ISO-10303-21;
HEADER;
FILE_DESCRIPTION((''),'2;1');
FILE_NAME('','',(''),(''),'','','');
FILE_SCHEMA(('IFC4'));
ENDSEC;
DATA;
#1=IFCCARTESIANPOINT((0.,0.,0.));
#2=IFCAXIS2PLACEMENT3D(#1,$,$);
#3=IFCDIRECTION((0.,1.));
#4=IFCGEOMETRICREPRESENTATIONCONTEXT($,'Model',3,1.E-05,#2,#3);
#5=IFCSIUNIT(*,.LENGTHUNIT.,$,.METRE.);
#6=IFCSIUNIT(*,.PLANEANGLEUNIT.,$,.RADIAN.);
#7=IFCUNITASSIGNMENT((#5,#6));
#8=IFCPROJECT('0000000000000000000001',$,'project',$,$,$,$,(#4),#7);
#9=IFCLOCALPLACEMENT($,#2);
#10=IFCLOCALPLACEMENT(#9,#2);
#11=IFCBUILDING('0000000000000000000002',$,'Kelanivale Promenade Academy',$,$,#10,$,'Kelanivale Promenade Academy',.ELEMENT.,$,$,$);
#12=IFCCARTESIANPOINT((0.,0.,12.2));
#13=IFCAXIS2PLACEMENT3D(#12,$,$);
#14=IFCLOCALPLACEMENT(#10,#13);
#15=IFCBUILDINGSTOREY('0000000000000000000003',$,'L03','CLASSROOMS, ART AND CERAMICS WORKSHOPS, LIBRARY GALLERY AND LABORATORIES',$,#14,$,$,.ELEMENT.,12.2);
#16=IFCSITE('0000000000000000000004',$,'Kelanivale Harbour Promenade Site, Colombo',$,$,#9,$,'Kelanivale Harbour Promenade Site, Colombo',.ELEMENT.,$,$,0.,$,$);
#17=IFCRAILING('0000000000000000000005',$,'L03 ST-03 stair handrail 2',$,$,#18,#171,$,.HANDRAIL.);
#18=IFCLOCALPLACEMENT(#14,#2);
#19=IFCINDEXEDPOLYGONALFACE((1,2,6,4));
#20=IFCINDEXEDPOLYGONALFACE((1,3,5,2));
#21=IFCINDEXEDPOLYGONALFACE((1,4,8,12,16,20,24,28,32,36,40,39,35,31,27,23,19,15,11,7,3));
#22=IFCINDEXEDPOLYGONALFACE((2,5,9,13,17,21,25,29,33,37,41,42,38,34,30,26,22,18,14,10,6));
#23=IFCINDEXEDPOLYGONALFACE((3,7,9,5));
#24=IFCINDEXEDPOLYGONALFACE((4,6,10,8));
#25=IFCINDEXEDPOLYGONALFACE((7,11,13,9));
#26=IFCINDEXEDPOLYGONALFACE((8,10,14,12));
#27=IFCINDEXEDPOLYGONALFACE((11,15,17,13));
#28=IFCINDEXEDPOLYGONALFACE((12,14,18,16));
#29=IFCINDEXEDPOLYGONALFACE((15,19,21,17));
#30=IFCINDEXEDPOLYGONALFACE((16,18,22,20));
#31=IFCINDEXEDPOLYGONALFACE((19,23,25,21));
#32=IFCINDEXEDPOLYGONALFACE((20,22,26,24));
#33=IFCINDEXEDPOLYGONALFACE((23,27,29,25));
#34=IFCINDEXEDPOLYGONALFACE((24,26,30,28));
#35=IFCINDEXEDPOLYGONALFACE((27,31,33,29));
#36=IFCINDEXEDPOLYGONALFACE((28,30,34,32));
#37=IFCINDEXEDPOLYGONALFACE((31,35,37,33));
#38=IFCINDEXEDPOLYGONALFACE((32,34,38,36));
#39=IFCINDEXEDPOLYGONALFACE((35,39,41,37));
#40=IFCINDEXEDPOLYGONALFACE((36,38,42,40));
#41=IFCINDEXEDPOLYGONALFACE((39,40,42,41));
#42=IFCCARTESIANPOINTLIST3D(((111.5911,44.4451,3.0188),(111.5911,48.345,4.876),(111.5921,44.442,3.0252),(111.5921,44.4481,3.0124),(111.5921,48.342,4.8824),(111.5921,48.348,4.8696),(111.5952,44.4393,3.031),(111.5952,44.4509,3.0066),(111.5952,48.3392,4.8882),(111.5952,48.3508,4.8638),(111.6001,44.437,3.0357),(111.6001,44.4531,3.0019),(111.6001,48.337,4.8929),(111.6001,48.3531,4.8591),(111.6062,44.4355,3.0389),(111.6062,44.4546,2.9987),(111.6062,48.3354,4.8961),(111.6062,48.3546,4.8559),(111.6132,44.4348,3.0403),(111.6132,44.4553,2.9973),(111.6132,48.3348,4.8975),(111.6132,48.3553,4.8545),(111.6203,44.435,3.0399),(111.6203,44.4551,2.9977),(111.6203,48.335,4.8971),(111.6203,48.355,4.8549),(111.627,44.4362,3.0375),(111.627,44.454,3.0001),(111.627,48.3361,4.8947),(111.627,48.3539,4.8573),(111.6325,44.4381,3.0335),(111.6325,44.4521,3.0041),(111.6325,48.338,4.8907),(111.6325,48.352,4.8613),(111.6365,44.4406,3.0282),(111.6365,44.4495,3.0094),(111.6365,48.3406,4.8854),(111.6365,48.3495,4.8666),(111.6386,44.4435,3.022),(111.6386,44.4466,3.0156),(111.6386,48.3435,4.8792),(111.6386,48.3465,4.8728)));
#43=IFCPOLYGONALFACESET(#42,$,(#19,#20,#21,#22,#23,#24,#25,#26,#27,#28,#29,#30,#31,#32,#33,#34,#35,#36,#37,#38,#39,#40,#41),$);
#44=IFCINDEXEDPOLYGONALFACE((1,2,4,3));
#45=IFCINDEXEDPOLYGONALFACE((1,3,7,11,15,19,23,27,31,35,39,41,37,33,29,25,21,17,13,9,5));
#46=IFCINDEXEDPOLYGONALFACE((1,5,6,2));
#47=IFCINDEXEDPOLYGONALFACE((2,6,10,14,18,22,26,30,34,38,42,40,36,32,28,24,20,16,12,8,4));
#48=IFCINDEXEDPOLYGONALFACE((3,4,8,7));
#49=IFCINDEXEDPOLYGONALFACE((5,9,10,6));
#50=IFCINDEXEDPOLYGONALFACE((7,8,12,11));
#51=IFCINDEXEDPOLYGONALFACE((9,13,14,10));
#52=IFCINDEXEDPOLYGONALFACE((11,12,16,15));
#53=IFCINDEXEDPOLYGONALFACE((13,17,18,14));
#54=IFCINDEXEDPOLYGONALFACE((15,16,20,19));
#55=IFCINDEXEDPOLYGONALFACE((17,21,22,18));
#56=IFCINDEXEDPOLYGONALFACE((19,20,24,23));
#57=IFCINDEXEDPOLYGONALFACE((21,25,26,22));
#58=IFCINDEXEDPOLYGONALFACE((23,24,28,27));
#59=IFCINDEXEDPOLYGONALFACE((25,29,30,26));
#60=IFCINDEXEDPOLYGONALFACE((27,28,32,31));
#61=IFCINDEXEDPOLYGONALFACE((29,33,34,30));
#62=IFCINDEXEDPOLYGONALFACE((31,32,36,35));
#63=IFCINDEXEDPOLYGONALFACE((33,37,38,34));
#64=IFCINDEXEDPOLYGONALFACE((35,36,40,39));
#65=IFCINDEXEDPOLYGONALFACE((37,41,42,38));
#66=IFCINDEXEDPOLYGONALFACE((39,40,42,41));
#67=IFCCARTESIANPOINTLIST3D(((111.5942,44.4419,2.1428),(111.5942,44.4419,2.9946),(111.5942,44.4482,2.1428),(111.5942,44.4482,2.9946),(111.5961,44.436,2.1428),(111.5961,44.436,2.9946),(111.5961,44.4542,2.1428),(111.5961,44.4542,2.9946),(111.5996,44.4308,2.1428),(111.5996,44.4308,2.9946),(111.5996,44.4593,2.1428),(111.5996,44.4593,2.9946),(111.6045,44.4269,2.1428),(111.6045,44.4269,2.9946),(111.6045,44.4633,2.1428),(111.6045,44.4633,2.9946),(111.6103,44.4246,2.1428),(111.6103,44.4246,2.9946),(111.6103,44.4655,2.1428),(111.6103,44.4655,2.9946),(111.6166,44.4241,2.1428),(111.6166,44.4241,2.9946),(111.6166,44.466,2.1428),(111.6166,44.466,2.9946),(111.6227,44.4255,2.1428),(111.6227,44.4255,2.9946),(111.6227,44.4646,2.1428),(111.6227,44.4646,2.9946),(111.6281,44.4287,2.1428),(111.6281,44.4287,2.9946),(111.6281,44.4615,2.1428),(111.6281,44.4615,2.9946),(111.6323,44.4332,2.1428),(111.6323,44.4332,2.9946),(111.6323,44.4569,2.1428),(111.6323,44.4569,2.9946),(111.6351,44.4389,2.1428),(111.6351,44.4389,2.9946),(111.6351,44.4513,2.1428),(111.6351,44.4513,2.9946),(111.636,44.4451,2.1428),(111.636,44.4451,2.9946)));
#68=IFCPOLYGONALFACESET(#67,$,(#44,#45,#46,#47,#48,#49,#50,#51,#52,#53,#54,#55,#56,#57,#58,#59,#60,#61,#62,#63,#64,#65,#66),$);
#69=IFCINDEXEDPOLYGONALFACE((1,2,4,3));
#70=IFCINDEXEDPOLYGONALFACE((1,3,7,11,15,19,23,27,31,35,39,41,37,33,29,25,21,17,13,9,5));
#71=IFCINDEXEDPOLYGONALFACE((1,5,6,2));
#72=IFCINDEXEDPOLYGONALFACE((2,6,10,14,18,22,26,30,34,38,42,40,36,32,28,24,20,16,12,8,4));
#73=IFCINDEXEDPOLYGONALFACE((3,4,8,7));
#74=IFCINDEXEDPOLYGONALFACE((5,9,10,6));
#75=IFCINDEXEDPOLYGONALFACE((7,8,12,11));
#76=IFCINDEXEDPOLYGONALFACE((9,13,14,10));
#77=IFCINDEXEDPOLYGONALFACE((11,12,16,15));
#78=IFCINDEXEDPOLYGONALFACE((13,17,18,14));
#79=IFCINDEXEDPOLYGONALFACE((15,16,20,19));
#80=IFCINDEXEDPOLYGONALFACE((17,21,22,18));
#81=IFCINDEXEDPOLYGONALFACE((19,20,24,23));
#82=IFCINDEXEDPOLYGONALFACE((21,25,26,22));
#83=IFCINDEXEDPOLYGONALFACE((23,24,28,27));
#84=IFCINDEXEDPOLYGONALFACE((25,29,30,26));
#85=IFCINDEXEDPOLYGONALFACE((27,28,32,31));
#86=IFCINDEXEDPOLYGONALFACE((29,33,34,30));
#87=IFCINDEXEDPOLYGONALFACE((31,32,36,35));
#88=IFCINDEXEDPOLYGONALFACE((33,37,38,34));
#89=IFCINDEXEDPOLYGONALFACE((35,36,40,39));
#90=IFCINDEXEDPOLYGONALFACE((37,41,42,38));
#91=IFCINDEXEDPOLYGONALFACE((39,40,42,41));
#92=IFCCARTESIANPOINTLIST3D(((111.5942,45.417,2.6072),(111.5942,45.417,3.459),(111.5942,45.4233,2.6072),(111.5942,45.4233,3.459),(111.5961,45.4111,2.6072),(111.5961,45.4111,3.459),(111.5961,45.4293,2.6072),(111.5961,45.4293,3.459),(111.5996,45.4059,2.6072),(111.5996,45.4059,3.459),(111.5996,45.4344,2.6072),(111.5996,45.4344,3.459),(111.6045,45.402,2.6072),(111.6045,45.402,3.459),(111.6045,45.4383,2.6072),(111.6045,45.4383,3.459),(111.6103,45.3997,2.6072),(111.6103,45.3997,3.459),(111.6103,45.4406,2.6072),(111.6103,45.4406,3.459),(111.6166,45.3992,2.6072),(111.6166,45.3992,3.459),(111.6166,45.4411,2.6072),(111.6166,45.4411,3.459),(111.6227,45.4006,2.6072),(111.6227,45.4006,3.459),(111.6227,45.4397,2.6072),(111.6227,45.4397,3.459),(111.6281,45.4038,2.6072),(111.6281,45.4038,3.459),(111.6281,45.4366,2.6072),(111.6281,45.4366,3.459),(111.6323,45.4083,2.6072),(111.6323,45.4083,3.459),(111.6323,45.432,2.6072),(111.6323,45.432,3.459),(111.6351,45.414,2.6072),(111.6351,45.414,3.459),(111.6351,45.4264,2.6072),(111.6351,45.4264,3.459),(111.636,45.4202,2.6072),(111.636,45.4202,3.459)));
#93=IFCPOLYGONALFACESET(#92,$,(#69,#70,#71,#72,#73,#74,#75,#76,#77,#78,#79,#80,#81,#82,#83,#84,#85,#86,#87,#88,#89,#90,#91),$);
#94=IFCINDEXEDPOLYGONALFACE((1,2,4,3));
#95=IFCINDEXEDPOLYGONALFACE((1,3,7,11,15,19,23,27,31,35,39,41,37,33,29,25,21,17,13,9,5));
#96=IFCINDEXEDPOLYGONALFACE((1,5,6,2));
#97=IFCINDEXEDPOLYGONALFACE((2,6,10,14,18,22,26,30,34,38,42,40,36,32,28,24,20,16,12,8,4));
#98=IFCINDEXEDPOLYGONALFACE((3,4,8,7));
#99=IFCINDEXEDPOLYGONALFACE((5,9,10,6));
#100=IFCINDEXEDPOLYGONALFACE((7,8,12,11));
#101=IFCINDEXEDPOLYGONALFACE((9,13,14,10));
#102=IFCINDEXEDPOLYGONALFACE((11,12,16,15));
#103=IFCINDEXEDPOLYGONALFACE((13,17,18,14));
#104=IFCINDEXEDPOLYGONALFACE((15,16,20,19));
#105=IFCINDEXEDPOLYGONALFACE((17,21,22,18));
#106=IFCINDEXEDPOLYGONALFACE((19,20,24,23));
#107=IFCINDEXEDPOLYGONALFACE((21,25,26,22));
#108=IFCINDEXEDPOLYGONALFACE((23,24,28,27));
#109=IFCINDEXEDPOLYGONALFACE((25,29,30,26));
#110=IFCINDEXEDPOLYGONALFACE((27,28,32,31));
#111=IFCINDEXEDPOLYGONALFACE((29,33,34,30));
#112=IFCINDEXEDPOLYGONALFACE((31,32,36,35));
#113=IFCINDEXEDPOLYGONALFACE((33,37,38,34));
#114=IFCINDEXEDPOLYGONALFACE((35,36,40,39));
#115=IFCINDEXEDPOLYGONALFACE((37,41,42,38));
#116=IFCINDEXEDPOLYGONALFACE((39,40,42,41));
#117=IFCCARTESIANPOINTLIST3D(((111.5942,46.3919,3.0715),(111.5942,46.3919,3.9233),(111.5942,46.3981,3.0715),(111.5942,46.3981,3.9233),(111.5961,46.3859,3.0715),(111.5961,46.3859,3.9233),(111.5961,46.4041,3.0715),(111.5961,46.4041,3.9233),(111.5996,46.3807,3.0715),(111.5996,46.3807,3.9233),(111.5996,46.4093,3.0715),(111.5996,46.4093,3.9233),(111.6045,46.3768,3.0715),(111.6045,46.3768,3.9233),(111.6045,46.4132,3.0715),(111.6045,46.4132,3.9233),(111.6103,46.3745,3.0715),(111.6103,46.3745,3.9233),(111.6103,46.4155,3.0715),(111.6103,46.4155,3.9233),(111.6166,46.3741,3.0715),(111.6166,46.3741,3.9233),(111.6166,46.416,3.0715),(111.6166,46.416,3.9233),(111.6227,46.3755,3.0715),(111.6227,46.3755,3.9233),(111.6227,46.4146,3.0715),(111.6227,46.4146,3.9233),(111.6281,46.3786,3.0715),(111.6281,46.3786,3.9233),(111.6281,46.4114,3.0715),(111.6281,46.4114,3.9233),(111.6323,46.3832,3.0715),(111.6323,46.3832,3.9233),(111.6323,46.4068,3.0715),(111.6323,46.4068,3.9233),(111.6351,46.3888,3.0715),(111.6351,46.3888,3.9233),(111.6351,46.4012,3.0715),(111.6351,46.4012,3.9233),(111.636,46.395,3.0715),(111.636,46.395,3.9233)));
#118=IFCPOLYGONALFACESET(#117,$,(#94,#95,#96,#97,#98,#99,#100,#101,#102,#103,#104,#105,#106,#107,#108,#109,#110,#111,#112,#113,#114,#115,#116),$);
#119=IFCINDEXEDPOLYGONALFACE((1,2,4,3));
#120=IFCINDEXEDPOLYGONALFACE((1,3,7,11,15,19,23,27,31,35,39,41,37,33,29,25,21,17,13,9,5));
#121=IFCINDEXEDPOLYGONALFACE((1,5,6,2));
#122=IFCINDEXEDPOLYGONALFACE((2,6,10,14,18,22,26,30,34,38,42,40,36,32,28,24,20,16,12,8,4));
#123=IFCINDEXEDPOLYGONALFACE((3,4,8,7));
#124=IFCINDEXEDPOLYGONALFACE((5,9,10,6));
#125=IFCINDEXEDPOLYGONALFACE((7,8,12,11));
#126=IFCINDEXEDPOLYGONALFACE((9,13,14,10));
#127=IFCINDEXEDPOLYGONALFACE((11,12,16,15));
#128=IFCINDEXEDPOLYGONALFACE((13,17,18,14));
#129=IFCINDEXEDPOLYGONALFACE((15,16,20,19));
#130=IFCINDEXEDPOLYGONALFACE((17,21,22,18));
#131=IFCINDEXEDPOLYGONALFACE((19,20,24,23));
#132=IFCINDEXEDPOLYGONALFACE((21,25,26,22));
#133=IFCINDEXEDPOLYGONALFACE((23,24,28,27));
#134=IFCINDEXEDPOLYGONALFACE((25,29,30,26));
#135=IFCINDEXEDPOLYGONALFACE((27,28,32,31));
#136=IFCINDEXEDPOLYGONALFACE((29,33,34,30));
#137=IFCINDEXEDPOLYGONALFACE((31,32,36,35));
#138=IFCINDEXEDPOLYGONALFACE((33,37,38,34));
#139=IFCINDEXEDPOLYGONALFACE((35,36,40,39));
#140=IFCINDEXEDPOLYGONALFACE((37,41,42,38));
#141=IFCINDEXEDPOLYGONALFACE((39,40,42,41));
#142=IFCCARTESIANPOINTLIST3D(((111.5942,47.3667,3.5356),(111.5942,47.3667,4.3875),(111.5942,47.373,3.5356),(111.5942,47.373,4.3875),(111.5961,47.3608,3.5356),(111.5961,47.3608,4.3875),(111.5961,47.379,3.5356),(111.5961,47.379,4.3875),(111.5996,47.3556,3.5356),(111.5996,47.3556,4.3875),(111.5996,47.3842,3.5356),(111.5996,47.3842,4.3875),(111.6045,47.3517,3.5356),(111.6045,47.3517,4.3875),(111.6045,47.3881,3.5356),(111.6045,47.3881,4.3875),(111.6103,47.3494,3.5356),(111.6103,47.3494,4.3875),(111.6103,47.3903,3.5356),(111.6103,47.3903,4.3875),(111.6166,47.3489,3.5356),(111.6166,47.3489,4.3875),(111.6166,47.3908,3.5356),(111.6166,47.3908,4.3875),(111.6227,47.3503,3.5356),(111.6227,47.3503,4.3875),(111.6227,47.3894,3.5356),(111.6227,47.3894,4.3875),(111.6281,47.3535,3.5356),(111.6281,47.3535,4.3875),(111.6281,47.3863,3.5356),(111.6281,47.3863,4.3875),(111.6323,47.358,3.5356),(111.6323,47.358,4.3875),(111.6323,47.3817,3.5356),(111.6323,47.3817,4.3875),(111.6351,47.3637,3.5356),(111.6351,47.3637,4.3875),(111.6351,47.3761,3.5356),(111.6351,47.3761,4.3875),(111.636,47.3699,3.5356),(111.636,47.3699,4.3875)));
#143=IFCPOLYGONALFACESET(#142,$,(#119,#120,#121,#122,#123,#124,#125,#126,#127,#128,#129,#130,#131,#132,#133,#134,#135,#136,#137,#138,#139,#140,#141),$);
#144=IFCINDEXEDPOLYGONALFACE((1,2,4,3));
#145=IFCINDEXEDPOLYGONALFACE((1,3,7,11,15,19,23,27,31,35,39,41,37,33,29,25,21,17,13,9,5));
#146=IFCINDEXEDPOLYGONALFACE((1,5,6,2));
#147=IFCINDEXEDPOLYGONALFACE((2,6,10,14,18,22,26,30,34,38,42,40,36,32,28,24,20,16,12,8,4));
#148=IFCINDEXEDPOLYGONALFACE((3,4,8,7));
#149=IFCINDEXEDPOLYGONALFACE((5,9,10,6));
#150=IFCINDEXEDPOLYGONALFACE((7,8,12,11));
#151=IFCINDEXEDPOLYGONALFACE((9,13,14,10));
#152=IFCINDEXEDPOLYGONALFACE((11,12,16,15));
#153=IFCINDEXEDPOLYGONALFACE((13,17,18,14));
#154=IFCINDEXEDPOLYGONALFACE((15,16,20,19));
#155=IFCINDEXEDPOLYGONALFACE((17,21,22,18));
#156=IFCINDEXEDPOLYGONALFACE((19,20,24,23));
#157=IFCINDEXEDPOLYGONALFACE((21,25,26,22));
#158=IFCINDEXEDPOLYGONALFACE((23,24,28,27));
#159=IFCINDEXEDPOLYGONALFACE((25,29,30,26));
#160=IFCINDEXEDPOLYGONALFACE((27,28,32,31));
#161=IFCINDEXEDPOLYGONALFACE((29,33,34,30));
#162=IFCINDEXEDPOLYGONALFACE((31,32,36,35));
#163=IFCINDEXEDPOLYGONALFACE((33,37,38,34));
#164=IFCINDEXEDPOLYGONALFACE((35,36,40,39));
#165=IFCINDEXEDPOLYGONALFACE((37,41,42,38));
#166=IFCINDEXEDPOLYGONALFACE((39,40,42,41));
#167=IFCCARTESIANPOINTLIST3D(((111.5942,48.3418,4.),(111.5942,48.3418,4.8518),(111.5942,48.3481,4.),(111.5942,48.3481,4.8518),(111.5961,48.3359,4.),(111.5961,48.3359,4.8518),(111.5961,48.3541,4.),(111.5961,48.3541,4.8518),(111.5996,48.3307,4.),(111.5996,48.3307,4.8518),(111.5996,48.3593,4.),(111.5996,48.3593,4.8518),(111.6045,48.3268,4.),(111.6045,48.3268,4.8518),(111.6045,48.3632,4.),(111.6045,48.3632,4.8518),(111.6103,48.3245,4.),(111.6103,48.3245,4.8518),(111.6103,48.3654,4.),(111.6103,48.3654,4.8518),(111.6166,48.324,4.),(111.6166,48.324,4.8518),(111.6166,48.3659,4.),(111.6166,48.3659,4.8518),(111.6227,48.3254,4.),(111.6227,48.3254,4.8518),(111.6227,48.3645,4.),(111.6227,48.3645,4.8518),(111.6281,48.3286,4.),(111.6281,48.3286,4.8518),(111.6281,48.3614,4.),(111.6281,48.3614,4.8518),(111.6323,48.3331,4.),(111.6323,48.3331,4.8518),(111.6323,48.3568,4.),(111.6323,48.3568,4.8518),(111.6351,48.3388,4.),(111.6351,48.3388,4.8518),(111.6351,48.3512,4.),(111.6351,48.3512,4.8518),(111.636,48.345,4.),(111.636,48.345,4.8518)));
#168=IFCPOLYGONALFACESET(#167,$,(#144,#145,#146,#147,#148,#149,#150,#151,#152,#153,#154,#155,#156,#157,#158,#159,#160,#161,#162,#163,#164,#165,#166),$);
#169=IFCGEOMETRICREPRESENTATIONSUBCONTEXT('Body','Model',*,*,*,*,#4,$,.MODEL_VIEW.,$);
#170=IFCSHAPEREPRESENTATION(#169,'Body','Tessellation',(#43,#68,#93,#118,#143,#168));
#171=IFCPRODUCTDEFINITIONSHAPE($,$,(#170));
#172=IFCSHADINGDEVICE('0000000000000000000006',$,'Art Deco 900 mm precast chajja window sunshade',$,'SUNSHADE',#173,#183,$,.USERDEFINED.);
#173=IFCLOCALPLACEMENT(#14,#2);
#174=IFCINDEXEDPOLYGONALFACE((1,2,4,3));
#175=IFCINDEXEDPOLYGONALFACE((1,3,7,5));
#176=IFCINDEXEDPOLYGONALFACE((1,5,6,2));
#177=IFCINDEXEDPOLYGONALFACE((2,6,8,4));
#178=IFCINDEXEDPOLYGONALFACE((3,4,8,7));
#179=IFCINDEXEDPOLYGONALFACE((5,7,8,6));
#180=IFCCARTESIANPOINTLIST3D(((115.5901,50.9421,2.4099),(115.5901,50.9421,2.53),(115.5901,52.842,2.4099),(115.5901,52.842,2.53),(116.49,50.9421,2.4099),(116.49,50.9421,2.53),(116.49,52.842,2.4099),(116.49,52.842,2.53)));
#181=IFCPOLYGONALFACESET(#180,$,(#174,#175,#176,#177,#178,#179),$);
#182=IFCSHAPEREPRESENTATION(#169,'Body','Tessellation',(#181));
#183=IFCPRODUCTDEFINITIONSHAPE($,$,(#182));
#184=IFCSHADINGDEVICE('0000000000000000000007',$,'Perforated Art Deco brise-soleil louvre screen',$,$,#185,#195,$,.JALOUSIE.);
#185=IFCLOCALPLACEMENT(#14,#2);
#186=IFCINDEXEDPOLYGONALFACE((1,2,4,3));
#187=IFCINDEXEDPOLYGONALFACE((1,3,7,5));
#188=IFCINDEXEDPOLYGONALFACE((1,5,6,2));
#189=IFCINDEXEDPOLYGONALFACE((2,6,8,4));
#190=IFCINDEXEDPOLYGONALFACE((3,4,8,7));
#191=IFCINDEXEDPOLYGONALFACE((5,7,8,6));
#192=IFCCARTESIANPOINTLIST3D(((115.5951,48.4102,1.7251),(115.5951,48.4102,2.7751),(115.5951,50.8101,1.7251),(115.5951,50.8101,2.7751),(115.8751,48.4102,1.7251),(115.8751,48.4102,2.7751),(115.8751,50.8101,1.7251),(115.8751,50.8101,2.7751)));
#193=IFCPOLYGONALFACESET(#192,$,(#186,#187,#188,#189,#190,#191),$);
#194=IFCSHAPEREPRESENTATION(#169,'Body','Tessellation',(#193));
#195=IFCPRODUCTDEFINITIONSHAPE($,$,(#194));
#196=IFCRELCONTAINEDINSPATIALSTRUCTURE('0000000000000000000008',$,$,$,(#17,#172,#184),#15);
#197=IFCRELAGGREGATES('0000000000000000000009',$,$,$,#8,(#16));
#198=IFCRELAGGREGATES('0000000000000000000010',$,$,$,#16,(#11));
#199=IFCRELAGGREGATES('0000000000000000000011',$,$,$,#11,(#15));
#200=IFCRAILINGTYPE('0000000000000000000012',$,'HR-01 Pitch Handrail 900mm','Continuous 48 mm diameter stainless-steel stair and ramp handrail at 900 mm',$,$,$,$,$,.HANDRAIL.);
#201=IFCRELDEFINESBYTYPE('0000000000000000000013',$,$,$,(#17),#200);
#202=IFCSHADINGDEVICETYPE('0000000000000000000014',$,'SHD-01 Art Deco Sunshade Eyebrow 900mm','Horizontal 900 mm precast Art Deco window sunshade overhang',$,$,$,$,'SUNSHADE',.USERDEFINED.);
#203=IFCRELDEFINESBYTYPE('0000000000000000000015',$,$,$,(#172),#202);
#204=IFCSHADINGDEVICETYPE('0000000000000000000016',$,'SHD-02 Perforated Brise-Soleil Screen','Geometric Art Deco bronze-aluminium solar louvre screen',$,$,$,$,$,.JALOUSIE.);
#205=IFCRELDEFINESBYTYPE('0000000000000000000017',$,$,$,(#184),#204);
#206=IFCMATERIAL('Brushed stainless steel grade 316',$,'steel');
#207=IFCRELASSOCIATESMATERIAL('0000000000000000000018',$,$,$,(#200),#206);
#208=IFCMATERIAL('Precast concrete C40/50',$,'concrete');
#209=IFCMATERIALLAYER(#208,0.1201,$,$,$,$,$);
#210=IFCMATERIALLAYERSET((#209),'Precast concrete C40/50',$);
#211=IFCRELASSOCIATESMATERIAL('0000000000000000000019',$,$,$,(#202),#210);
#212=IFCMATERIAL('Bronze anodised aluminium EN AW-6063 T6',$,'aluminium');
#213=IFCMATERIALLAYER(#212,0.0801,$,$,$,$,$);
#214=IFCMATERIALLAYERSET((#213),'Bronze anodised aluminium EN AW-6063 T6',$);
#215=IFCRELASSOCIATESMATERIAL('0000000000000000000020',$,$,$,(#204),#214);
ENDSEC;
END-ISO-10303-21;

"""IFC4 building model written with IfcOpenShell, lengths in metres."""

from ifc_helpers import new_model, si_unit, direction, frame, origin, origin_2d, place, context, subcontext, project, spatial, rectangle, circle, extrude, material, layer, layer_set, type_object, element, save


model = new_model("IFC4")

# Units and contexts
model_context = context("Model", 3, precision=1e-05, world=origin(), true_north=direction((0.0, 1.0)))
body_context = subcontext(model_context, "Body", "Model", "MODEL_VIEW")
ifc_project = project(units=[si_unit("LENGTHUNIT", "METRE"), si_unit("PLANEANGLEUNIT", "RADIAN")], contexts=[model_context])

# Site, building, storey
site_placement = place(None, origin())
site = spatial("IfcSite", under=ifc_project, at=site_placement, Name="Kelanivale Harbour Promenade Site, Colombo", LongName="Kelanivale Harbour Promenade Site, Colombo", CompositionType="ELEMENT", RefElevation=0.0)
building_placement = place(site_placement, origin())
building = spatial("IfcBuilding", under=site, at=building_placement, Name="Kelanivale Promenade Academy", LongName="Kelanivale Promenade Academy", CompositionType="ELEMENT")
storey_placement = place(building_placement, frame((0.0, 0.0, 12.2)))
storey = spatial("IfcBuildingStorey", under=building, at=storey_placement, Name="L03", Description="CLASSROOMS, ART AND CERAMICS WORKSHOPS, LIBRARY GALLERY AND LABORATORIES", CompositionType="ELEMENT", Elevation=12.2)

# Railing
ifc_material_1 = material(Name="Brushed stainless steel grade 316", Category="steel")
railing_type_1 = type_object("IfcRailingType", Name="HR-01 Pitch Handrail 900mm", Description="Continuous 48 mm diameter stainless-steel stair and ramp handrail at 900 mm", PredefinedType="HANDRAIL", material=ifc_material_1)
railing_1_placement = place(storey_placement, frame((111.615, 44.4451, 2.1428)))
element("IfcRailing", 1, at=railing_1_placement, inside=storey, type_object=railing_type_1, Name="L03 ST-03 stair handrail 2", PredefinedType="HANDRAIL", context=body_context, shape_type="SweptSolid", body=[
    extrude(circle(Radius=0.0239, at=origin_2d()), frame((0.0, 0.0, 0.876), z_axis=(0.0, 0.902853, 0.429949), x_axis=(-1.0, 0.0, 0.0)), (0.0, 0.0, 1.0), 4.3196),
    extrude(circle(Radius=0.021, at=origin_2d()), origin(), (0.0, 0.0, 1.0), 0.8518),
    extrude(circle(Radius=0.021, at=origin_2d()), frame((0.0, 0.9751, 0.4644)), (0.0, 0.0, 1.0), 0.8518),
    extrude(circle(Radius=0.021, at=origin_2d()), frame((0.0, 1.95, 0.9287)), (0.0, 0.0, 1.0), 0.8518),
    extrude(circle(Radius=0.021, at=origin_2d()), frame((0.0, 2.9248, 1.3928)), (0.0, 0.0, 1.0), 0.8518),
    extrude(circle(Radius=0.021, at=origin_2d()), frame((0.0, 3.8999, 1.8572)), (0.0, 0.0, 1.0), 0.8518),
])

# Shading devices
ifc_material_2 = material(Name="Precast concrete C40/50", Category="concrete")
ifc_layer_1 = layer(ifc_material_2, 0.1201)
ifc_layer_set_1 = layer_set([ifc_layer_1], Name="Precast concrete C40/50")
shading_device_type_1 = type_object("IfcShadingDeviceType", Name="SHD-01 Art Deco Sunshade Eyebrow 900mm", Description="Horizontal 900 mm precast Art Deco window sunshade overhang", ElementType="SUNSHADE", PredefinedType="USERDEFINED", material=ifc_layer_set_1)
shading_device_1_placement = place(storey_placement, frame((116.04, 51.8921, 2.4099), z_axis=(0.0, 0.0, 1.0), x_axis=(0.0, 1.0, 0.0)))
element("IfcShadingDevice", 2, at=shading_device_1_placement, inside=storey, type_object=shading_device_type_1, Name="Art Deco 900 mm precast chajja window sunshade", ObjectType="SUNSHADE", PredefinedType="USERDEFINED", context=body_context, shape_type="SweptSolid", body=[
    extrude(rectangle(XDim=1.8999, YDim=0.8999, at=origin_2d()), origin(), (0.0, 0.0, 1.0), 0.1201),
])
ifc_material_3 = material(Name="Bronze anodised aluminium EN AW-6063 T6", Category="aluminium")
ifc_layer_2 = layer(ifc_material_3, 0.0801)
ifc_layer_set_2 = layer_set([ifc_layer_2], Name="Bronze anodised aluminium EN AW-6063 T6")
shading_device_type_2 = type_object("IfcShadingDeviceType", Name="SHD-02 Perforated Brise-Soleil Screen", Description="Geometric Art Deco bronze-aluminium solar louvre screen", PredefinedType="JALOUSIE", material=ifc_layer_set_2)
shading_device_2_placement = place(storey_placement, frame((115.7351, 49.6101, 1.7251), z_axis=(0.0, 0.0, 1.0), x_axis=(0.0, 1.0, 0.0)))
element("IfcShadingDevice", 3, at=shading_device_2_placement, inside=storey, type_object=shading_device_type_2, Name="Perforated Art Deco brise-soleil louvre screen", PredefinedType="JALOUSIE", context=body_context, shape_type="SweptSolid", body=[
    extrude(rectangle(XDim=2.3999, YDim=0.28, at=origin_2d()), origin(), (0.0, 0.0, 1.0), 1.05),
])

save(model, "model.ifc")
